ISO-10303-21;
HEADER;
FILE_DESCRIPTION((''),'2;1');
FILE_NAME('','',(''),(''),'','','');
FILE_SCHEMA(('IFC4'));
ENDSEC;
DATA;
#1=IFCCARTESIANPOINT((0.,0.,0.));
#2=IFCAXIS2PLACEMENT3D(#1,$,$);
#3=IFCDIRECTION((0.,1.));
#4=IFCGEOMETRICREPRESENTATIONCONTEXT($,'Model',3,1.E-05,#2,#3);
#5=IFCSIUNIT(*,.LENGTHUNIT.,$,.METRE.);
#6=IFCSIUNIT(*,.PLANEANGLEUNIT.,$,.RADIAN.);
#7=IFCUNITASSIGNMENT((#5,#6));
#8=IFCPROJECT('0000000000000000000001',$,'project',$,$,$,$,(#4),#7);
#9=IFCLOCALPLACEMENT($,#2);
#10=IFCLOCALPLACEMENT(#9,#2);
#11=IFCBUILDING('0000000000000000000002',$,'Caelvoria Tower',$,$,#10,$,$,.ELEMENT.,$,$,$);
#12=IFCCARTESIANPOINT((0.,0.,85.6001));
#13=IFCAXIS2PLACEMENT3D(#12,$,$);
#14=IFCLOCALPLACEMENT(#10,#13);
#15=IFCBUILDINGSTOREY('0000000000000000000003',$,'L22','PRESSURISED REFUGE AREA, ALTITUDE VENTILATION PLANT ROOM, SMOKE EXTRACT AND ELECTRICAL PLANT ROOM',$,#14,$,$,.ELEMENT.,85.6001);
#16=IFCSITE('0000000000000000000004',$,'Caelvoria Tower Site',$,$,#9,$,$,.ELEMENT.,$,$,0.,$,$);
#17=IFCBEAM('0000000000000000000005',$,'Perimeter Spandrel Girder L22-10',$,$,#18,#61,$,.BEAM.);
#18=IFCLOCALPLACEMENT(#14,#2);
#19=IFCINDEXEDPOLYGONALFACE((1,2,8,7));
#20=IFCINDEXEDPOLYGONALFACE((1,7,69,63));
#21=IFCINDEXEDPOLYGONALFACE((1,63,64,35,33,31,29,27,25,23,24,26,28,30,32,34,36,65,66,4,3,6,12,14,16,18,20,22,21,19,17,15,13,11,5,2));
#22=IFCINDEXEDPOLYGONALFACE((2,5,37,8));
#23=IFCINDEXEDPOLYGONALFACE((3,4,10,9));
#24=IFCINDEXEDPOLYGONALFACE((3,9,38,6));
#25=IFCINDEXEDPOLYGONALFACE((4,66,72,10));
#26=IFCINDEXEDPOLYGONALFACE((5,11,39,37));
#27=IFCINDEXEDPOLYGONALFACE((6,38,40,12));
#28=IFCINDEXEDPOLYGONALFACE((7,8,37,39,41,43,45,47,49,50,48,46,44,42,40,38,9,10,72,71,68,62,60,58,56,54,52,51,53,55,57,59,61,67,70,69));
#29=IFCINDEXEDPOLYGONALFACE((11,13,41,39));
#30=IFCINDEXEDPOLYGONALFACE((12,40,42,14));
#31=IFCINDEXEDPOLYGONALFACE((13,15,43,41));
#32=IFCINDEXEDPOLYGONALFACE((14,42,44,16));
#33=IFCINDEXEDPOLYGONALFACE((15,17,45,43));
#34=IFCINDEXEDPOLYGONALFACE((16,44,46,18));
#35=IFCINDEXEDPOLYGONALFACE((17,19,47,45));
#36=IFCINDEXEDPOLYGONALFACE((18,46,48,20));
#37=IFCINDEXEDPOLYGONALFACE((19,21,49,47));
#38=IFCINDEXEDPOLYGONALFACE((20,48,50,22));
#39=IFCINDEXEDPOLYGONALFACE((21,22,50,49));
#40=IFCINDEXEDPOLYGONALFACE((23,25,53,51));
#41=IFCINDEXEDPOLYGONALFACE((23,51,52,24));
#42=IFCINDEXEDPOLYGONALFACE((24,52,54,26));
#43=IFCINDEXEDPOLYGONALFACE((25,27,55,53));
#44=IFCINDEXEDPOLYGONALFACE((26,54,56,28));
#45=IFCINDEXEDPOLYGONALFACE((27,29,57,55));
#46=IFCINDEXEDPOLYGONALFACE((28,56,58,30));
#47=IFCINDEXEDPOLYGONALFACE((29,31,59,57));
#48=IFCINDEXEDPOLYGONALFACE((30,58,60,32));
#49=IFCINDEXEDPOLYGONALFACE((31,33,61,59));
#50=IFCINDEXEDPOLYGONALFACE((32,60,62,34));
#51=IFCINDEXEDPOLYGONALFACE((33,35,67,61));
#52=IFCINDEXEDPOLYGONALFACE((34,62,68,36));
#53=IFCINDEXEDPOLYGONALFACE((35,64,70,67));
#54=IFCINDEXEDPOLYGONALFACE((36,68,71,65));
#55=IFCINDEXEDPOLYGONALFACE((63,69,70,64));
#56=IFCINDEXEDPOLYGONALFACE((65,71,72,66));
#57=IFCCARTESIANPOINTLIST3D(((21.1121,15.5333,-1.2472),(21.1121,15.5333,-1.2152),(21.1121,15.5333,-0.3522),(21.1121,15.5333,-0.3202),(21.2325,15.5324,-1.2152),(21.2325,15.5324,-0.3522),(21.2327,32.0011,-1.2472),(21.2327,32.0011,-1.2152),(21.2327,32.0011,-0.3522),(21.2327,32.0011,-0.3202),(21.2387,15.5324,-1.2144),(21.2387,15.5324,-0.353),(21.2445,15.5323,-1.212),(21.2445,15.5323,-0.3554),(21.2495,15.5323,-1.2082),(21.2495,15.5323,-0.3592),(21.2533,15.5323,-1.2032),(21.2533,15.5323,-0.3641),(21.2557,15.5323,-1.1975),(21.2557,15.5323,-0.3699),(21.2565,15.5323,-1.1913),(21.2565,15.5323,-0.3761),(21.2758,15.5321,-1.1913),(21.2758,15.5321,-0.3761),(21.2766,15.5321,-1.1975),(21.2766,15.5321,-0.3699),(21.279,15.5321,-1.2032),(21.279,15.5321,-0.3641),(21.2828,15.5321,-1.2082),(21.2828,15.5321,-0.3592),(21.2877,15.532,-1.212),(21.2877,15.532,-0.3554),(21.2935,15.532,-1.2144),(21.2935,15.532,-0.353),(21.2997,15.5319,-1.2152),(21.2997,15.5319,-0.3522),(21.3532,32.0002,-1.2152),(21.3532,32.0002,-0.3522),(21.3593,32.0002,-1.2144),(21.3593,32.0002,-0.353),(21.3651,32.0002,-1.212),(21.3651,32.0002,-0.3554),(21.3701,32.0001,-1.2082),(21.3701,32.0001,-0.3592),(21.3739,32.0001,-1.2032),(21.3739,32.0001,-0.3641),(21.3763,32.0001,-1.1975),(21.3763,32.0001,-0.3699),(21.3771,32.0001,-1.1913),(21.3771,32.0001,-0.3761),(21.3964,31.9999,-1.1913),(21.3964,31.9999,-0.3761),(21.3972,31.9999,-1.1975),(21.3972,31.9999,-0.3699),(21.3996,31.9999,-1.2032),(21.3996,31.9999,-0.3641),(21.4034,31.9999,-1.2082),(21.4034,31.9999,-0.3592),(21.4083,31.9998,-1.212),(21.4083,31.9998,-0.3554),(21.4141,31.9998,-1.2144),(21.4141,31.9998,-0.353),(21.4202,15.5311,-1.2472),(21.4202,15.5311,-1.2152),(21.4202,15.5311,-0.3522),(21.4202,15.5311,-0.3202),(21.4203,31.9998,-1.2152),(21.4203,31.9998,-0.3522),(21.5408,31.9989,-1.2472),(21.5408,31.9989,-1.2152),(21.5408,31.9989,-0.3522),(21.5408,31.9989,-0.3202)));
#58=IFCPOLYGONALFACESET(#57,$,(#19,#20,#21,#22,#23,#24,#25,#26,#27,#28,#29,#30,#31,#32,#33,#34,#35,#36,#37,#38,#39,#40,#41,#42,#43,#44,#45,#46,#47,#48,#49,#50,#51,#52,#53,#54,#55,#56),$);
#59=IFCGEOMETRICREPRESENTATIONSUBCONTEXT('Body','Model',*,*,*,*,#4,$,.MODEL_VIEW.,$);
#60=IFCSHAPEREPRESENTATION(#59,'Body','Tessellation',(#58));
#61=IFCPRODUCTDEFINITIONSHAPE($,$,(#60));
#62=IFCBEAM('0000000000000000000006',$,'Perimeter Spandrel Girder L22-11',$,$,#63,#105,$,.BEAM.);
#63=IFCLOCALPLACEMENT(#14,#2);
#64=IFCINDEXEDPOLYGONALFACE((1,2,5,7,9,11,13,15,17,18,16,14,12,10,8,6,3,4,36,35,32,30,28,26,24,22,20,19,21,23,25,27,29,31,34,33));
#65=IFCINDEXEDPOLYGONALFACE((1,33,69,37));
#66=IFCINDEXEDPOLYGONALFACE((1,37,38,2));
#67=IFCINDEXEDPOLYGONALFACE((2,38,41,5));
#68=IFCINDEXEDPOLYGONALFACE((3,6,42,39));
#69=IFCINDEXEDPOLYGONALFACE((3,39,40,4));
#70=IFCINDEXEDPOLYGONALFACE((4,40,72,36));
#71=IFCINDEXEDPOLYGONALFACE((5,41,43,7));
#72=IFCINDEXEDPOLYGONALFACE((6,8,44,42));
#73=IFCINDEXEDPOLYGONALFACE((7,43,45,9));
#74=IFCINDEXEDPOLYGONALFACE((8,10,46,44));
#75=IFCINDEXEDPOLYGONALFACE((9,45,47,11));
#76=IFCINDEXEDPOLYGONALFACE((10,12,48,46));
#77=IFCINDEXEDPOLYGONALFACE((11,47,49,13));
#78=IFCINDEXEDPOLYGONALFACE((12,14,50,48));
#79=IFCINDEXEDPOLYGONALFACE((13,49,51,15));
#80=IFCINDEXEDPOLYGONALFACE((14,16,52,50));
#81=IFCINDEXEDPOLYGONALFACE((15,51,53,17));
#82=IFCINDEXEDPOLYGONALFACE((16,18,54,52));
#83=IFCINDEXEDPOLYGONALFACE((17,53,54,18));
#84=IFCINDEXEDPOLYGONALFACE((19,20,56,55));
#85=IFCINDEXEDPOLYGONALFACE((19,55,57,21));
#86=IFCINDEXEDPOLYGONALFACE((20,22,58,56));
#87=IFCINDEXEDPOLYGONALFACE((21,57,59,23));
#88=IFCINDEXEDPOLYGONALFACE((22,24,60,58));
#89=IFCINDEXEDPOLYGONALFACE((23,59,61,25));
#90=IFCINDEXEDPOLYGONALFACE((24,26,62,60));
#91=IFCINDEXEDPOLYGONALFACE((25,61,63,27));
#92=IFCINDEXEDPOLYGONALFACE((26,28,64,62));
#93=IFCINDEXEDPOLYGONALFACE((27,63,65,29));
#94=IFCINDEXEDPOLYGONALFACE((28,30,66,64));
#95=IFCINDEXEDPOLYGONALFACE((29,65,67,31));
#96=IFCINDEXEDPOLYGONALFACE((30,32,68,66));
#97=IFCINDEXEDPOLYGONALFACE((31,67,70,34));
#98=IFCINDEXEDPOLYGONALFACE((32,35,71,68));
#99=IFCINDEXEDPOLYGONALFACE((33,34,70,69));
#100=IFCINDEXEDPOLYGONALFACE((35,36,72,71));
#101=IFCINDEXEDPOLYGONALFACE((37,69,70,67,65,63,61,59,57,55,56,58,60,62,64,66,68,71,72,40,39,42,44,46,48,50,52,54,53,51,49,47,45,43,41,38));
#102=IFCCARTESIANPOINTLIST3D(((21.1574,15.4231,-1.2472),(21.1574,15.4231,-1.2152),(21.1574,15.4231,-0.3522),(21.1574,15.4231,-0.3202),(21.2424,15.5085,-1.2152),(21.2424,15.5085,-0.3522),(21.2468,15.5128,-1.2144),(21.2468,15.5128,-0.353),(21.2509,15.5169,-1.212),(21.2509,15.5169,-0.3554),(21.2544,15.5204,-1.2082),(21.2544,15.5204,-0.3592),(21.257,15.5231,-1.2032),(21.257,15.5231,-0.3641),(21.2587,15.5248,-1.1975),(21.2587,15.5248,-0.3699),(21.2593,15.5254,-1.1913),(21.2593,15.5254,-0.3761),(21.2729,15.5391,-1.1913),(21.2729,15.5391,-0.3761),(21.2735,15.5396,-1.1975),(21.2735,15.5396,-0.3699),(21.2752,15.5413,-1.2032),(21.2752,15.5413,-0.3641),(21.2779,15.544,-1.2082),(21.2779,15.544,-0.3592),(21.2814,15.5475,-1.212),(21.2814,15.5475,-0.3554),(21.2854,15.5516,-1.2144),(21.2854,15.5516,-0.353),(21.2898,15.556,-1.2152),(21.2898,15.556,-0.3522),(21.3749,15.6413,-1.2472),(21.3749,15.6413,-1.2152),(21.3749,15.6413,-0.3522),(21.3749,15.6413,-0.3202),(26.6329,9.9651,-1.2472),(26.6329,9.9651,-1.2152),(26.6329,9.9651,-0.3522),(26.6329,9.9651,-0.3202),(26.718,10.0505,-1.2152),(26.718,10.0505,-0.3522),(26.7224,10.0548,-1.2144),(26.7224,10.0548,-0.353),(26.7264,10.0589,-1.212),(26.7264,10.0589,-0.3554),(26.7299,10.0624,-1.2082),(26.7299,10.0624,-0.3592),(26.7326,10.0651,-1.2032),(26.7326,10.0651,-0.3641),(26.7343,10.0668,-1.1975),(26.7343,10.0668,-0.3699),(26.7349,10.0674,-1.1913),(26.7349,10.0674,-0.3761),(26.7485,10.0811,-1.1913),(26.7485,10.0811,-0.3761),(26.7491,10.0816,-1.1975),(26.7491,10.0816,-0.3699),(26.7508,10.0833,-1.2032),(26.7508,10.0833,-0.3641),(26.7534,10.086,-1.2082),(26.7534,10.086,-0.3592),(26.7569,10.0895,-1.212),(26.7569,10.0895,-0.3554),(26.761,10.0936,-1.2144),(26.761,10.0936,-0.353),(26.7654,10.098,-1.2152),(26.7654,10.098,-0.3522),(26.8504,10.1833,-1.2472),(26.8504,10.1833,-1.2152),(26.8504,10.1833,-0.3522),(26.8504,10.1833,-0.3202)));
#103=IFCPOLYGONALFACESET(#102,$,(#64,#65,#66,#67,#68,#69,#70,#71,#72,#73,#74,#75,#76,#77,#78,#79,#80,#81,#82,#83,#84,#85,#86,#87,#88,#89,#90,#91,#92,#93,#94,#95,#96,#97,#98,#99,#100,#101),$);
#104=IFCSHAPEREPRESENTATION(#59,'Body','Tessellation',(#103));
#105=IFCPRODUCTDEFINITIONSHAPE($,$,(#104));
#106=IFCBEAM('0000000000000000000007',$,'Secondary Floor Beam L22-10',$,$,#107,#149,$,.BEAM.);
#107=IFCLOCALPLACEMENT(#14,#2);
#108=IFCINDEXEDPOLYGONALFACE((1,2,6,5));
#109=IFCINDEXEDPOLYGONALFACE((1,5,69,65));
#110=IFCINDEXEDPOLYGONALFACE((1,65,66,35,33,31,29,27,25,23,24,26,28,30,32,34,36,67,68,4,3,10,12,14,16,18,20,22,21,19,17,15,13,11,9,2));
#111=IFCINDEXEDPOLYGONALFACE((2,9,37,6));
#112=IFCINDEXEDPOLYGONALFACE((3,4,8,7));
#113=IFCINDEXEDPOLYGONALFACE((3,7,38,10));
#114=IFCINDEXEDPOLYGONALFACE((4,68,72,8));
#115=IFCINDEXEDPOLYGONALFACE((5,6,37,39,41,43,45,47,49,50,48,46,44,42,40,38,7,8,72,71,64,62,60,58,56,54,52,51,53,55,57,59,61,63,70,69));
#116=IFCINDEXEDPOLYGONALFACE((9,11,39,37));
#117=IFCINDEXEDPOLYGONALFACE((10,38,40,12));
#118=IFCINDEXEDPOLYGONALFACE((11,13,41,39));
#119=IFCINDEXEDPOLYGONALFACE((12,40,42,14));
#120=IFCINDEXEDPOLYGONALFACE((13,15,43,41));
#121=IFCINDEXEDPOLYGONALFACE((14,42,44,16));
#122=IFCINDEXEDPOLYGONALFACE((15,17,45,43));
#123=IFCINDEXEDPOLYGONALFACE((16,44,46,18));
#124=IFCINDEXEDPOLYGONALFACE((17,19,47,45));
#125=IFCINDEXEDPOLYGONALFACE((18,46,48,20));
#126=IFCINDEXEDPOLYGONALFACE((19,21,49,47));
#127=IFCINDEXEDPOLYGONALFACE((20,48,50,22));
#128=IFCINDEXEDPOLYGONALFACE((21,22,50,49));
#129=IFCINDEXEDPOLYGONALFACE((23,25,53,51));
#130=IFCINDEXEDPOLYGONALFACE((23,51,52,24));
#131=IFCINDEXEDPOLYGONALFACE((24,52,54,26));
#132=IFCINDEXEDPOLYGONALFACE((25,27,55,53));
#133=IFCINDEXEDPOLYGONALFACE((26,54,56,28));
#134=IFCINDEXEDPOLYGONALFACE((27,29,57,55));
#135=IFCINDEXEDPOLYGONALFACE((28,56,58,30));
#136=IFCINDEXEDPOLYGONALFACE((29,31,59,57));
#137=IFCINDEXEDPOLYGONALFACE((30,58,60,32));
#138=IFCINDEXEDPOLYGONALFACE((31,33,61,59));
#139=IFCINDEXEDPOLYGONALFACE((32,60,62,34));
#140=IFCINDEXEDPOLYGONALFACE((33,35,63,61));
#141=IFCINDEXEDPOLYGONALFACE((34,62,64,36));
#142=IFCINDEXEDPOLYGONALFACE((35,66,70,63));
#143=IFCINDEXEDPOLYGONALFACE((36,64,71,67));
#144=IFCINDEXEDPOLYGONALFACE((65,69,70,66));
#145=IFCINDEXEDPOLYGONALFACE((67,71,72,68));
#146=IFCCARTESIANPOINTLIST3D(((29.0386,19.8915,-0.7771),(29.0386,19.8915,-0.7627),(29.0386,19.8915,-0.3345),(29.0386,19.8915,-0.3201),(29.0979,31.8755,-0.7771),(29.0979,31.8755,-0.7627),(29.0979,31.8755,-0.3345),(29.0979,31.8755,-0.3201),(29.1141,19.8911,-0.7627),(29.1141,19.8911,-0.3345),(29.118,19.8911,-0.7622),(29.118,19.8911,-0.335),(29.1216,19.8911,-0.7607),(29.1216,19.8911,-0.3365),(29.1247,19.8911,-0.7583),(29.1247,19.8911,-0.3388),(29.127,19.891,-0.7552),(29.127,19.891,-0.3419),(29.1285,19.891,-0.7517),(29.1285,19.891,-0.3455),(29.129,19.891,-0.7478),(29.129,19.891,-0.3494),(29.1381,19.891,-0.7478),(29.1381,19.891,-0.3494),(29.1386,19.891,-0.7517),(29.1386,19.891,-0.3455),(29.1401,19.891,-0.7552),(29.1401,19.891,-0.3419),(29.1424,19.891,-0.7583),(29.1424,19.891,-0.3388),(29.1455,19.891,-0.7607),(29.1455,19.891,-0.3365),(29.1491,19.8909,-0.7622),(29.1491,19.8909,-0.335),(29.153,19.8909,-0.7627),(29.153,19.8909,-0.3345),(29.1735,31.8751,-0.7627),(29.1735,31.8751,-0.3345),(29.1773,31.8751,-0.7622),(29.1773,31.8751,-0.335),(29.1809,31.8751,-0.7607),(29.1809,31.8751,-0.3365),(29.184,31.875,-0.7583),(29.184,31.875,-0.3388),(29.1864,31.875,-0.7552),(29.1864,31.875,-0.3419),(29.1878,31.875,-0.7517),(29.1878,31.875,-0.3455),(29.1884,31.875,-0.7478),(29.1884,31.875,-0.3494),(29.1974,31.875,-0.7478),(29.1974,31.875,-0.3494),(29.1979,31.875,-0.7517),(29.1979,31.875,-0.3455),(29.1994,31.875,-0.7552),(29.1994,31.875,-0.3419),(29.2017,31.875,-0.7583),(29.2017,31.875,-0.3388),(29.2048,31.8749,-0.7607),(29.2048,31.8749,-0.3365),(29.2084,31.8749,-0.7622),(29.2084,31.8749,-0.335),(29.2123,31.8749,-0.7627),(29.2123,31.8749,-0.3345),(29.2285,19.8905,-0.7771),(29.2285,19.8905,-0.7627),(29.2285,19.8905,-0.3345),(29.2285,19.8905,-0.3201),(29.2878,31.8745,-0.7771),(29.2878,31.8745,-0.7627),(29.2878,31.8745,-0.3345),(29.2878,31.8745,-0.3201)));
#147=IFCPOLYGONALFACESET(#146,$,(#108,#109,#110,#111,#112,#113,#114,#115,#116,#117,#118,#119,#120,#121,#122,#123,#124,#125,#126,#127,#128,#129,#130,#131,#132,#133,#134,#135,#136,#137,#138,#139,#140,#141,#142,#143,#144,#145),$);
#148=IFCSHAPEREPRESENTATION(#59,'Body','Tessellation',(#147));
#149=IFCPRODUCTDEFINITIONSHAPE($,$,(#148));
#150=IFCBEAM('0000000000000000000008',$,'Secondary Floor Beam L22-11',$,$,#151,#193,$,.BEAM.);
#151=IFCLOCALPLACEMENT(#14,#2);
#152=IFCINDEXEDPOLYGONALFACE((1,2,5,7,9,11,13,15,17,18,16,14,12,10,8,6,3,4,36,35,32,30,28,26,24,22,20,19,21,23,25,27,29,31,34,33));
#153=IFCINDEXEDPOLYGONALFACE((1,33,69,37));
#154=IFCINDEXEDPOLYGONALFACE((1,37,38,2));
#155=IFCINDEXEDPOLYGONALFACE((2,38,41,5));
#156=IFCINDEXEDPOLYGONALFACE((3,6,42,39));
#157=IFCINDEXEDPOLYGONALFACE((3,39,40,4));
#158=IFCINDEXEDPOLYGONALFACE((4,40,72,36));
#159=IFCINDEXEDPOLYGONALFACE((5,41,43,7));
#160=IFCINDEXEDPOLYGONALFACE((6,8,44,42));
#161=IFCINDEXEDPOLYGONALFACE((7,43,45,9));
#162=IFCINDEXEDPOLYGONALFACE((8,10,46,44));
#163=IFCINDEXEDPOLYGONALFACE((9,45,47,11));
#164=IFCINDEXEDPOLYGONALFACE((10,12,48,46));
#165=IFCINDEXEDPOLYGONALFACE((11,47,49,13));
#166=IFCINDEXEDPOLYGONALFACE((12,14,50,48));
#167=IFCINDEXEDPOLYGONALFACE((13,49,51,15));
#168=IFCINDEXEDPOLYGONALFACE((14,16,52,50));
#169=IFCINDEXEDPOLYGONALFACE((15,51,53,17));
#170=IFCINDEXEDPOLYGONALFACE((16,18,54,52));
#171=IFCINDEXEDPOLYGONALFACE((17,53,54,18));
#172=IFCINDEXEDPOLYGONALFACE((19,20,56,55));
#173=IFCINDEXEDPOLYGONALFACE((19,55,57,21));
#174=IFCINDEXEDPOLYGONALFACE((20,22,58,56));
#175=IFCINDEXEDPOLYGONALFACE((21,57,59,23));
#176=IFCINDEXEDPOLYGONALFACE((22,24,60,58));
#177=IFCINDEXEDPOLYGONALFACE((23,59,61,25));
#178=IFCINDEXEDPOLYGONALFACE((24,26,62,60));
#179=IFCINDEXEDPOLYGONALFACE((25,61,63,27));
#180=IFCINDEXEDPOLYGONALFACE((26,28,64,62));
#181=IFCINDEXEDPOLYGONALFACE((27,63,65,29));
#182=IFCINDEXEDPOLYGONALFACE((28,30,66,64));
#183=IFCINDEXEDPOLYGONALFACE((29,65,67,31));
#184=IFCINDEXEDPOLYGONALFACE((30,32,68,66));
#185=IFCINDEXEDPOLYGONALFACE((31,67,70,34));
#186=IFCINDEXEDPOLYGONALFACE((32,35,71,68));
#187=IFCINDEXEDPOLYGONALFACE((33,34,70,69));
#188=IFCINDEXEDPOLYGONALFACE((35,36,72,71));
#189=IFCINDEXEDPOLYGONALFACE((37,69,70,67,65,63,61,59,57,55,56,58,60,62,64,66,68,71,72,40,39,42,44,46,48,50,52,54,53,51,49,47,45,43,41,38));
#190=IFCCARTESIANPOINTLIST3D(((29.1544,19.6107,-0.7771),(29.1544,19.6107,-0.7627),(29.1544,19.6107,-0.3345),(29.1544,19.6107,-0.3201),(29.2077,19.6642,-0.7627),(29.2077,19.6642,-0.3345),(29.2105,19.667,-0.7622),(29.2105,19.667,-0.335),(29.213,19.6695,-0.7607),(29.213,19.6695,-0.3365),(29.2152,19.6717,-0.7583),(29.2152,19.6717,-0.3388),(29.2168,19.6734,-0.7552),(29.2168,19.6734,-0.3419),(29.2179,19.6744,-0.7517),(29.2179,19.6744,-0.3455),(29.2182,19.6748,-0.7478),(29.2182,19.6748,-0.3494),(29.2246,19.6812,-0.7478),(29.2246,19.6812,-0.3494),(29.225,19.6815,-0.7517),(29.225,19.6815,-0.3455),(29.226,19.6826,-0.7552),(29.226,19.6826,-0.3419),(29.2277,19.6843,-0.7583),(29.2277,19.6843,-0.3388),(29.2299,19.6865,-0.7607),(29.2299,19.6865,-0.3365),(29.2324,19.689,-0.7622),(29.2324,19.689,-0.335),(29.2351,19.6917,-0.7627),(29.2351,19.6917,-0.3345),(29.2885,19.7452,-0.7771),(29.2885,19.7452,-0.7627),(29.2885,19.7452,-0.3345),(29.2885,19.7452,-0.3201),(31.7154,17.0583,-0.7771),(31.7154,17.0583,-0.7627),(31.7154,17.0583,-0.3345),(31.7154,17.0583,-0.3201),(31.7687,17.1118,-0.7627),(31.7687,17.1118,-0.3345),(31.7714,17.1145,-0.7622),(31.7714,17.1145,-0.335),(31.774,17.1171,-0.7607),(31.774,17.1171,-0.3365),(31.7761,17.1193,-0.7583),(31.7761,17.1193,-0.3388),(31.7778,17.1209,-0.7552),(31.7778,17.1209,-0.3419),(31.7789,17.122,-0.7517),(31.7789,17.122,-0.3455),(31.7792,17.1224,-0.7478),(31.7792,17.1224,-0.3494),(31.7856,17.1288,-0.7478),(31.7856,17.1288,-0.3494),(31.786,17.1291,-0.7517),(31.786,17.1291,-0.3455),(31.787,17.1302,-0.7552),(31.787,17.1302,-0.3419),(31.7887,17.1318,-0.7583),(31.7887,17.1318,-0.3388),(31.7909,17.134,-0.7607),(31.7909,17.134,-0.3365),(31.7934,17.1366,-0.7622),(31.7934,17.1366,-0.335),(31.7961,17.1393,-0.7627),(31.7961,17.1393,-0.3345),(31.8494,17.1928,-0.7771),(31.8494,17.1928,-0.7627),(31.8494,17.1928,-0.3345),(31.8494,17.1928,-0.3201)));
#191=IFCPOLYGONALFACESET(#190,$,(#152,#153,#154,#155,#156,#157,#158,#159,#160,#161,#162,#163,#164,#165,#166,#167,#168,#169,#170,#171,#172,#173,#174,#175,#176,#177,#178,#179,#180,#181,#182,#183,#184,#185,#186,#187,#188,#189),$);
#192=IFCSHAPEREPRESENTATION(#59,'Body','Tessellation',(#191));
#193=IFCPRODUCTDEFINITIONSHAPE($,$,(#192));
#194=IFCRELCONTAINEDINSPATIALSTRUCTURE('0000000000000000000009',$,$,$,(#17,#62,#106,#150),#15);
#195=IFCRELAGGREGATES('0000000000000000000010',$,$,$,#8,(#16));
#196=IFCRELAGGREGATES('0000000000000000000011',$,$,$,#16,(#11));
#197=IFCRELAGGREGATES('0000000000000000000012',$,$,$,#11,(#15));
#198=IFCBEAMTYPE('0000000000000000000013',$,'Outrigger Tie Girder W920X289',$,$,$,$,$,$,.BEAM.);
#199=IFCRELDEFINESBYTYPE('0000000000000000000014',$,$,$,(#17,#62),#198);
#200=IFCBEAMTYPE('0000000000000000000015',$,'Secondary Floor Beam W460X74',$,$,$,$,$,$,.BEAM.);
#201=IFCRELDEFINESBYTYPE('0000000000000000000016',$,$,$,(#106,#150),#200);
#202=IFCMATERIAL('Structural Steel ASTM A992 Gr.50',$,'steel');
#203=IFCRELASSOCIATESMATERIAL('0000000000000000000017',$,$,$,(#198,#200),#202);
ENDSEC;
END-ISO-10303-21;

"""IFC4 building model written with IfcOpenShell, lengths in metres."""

from ifc_helpers import new_model, si_unit, direction, frame, origin, origin_2d, place, context, subcontext, project, spatial, i_section, extrude, material, material_profile, profile_set, type_object, element, save


model = new_model("IFC4")

# Units and contexts
model_context = context("Model", 3, precision=1e-05, world=origin(), true_north=direction((0.0, 1.0)))
body_context = subcontext(model_context, "Body", "Model", "MODEL_VIEW")
ifc_project = project(units=[si_unit("LENGTHUNIT", "METRE"), si_unit("PLANEANGLEUNIT", "RADIAN")], contexts=[model_context])

# Site, building, storey
site_placement = place(None, origin())
site = spatial("IfcSite", under=ifc_project, at=site_placement, Name="Caelvoria Tower Site", CompositionType="ELEMENT", RefElevation=0.0)
building_placement = place(site_placement, origin())
building = spatial("IfcBuilding", under=site, at=building_placement, Name="Caelvoria Tower", CompositionType="ELEMENT")
storey_placement = place(building_placement, frame((0.0, 0.0, 85.6001)))
storey = spatial("IfcBuildingStorey", under=building, at=storey_placement, Name="L22", Description="PRESSURISED REFUGE AREA, ALTITUDE VENTILATION PLANT ROOM, SMOKE EXTRACT AND ELECTRICAL PLANT ROOM", CompositionType="ELEMENT", Elevation=85.6001)

# Beams
ifc_material_1 = material(Name="Structural Steel ASTM A992 Gr.50", Category="steel")
ifc_material_profile_1 = material_profile(ifc_material_1, i_section(OverallWidth=0.3081, OverallDepth=0.927, WebThickness=0.0193, FlangeThickness=0.032, FilletRadius=0.0239, at=origin_2d()), Name="Structural Steel ASTM A992 Gr.50")
ifc_profile_set_1 = profile_set([ifc_material_profile_1], Name="W920X289 - Structural Steel ASTM A992 Gr.50")
beam_type_1 = type_object("IfcBeamType", Name="Outrigger Tie Girder W920X289", PredefinedType="BEAM", material=ifc_profile_set_1)
beam_1_placement = place(storey_placement, frame((21.3867, 32.0, -0.7837), z_axis=(-0.007324, -0.999973, 0.0), x_axis=(0.999973, -0.007324, 0.0)))
element("IfcBeam", 1, at=beam_1_placement, inside=storey, type_object=beam_type_1, Name="Perimeter Spandrel Girder L22-10", PredefinedType="BEAM", context=body_context, shape_type="SweptSolid", body=[
    extrude(i_section(OverallWidth=0.3081, OverallDepth=0.927, WebThickness=0.0193, FlangeThickness=0.032, FilletRadius=0.0239, at=origin_2d()), origin(), (0.0, 0.0, 1.0), 16.4683),
])
beam_2_placement = place(storey_placement, frame((21.2661, 15.5322, -0.7837), z_axis=(0.708243, -0.705969, 0.0), x_axis=(0.705969, 0.708243, 0.0)))
element("IfcBeam", 2, at=beam_2_placement, inside=storey, type_object=beam_type_1, Name="Perimeter Spandrel Girder L22-11", PredefinedType="BEAM", context=body_context, shape_type="SweptSolid", body=[
    extrude(i_section(OverallWidth=0.3081, OverallDepth=0.927, WebThickness=0.0193, FlangeThickness=0.032, FilletRadius=0.0239, at=origin_2d()), origin(), (0.0, 0.0, 1.0), 7.7312),
])
ifc_material_profile_2 = material_profile(ifc_material_1, i_section(OverallWidth=0.1899, OverallDepth=0.457, WebThickness=0.009, FlangeThickness=0.0144, FilletRadius=0.0149, at=origin_2d()), Name="Structural Steel ASTM A992 Gr.50")
ifc_profile_set_2 = profile_set([ifc_material_profile_2], Name="W460X74 - Structural Steel ASTM A992 Gr.50")
beam_type_2 = type_object("IfcBeamType", Name="Secondary Floor Beam W460X74", PredefinedType="BEAM", material=ifc_profile_set_2)
beam_3_placement = place(storey_placement, frame((29.1929, 31.875, -0.5486), z_axis=(-0.00495, -0.999988, 0.0), x_axis=(0.999988, -0.00495, 0.0)))
element("IfcBeam", 3, at=beam_3_placement, inside=storey, type_object=beam_type_2, Name="Secondary Floor Beam L22-10", PredefinedType="BEAM", context=body_context, shape_type="SweptSolid", body=[
    extrude(i_section(OverallWidth=0.1899, OverallDepth=0.457, WebThickness=0.009, FlangeThickness=0.0144, FilletRadius=0.0149, at=origin_2d()), origin(), (0.0, 0.0, 1.0), 11.9841),
])
beam_4_placement = place(storey_placement, frame((29.2214, 19.678, -0.5486), z_axis=(0.708287, -0.705924, 0.0), x_axis=(0.705924, 0.708287, 0.0)))
element("IfcBeam", 4, at=beam_4_placement, inside=storey, type_object=beam_type_2, Name="Secondary Floor Beam L22-11", PredefinedType="BEAM", context=body_context, shape_type="SweptSolid", body=[
    extrude(i_section(OverallWidth=0.1899, OverallDepth=0.457, WebThickness=0.009, FlangeThickness=0.0144, FilletRadius=0.0149, at=origin_2d()), origin(), (0.0, 0.0, 1.0), 3.6157),
])

save(model, "model.ifc")
